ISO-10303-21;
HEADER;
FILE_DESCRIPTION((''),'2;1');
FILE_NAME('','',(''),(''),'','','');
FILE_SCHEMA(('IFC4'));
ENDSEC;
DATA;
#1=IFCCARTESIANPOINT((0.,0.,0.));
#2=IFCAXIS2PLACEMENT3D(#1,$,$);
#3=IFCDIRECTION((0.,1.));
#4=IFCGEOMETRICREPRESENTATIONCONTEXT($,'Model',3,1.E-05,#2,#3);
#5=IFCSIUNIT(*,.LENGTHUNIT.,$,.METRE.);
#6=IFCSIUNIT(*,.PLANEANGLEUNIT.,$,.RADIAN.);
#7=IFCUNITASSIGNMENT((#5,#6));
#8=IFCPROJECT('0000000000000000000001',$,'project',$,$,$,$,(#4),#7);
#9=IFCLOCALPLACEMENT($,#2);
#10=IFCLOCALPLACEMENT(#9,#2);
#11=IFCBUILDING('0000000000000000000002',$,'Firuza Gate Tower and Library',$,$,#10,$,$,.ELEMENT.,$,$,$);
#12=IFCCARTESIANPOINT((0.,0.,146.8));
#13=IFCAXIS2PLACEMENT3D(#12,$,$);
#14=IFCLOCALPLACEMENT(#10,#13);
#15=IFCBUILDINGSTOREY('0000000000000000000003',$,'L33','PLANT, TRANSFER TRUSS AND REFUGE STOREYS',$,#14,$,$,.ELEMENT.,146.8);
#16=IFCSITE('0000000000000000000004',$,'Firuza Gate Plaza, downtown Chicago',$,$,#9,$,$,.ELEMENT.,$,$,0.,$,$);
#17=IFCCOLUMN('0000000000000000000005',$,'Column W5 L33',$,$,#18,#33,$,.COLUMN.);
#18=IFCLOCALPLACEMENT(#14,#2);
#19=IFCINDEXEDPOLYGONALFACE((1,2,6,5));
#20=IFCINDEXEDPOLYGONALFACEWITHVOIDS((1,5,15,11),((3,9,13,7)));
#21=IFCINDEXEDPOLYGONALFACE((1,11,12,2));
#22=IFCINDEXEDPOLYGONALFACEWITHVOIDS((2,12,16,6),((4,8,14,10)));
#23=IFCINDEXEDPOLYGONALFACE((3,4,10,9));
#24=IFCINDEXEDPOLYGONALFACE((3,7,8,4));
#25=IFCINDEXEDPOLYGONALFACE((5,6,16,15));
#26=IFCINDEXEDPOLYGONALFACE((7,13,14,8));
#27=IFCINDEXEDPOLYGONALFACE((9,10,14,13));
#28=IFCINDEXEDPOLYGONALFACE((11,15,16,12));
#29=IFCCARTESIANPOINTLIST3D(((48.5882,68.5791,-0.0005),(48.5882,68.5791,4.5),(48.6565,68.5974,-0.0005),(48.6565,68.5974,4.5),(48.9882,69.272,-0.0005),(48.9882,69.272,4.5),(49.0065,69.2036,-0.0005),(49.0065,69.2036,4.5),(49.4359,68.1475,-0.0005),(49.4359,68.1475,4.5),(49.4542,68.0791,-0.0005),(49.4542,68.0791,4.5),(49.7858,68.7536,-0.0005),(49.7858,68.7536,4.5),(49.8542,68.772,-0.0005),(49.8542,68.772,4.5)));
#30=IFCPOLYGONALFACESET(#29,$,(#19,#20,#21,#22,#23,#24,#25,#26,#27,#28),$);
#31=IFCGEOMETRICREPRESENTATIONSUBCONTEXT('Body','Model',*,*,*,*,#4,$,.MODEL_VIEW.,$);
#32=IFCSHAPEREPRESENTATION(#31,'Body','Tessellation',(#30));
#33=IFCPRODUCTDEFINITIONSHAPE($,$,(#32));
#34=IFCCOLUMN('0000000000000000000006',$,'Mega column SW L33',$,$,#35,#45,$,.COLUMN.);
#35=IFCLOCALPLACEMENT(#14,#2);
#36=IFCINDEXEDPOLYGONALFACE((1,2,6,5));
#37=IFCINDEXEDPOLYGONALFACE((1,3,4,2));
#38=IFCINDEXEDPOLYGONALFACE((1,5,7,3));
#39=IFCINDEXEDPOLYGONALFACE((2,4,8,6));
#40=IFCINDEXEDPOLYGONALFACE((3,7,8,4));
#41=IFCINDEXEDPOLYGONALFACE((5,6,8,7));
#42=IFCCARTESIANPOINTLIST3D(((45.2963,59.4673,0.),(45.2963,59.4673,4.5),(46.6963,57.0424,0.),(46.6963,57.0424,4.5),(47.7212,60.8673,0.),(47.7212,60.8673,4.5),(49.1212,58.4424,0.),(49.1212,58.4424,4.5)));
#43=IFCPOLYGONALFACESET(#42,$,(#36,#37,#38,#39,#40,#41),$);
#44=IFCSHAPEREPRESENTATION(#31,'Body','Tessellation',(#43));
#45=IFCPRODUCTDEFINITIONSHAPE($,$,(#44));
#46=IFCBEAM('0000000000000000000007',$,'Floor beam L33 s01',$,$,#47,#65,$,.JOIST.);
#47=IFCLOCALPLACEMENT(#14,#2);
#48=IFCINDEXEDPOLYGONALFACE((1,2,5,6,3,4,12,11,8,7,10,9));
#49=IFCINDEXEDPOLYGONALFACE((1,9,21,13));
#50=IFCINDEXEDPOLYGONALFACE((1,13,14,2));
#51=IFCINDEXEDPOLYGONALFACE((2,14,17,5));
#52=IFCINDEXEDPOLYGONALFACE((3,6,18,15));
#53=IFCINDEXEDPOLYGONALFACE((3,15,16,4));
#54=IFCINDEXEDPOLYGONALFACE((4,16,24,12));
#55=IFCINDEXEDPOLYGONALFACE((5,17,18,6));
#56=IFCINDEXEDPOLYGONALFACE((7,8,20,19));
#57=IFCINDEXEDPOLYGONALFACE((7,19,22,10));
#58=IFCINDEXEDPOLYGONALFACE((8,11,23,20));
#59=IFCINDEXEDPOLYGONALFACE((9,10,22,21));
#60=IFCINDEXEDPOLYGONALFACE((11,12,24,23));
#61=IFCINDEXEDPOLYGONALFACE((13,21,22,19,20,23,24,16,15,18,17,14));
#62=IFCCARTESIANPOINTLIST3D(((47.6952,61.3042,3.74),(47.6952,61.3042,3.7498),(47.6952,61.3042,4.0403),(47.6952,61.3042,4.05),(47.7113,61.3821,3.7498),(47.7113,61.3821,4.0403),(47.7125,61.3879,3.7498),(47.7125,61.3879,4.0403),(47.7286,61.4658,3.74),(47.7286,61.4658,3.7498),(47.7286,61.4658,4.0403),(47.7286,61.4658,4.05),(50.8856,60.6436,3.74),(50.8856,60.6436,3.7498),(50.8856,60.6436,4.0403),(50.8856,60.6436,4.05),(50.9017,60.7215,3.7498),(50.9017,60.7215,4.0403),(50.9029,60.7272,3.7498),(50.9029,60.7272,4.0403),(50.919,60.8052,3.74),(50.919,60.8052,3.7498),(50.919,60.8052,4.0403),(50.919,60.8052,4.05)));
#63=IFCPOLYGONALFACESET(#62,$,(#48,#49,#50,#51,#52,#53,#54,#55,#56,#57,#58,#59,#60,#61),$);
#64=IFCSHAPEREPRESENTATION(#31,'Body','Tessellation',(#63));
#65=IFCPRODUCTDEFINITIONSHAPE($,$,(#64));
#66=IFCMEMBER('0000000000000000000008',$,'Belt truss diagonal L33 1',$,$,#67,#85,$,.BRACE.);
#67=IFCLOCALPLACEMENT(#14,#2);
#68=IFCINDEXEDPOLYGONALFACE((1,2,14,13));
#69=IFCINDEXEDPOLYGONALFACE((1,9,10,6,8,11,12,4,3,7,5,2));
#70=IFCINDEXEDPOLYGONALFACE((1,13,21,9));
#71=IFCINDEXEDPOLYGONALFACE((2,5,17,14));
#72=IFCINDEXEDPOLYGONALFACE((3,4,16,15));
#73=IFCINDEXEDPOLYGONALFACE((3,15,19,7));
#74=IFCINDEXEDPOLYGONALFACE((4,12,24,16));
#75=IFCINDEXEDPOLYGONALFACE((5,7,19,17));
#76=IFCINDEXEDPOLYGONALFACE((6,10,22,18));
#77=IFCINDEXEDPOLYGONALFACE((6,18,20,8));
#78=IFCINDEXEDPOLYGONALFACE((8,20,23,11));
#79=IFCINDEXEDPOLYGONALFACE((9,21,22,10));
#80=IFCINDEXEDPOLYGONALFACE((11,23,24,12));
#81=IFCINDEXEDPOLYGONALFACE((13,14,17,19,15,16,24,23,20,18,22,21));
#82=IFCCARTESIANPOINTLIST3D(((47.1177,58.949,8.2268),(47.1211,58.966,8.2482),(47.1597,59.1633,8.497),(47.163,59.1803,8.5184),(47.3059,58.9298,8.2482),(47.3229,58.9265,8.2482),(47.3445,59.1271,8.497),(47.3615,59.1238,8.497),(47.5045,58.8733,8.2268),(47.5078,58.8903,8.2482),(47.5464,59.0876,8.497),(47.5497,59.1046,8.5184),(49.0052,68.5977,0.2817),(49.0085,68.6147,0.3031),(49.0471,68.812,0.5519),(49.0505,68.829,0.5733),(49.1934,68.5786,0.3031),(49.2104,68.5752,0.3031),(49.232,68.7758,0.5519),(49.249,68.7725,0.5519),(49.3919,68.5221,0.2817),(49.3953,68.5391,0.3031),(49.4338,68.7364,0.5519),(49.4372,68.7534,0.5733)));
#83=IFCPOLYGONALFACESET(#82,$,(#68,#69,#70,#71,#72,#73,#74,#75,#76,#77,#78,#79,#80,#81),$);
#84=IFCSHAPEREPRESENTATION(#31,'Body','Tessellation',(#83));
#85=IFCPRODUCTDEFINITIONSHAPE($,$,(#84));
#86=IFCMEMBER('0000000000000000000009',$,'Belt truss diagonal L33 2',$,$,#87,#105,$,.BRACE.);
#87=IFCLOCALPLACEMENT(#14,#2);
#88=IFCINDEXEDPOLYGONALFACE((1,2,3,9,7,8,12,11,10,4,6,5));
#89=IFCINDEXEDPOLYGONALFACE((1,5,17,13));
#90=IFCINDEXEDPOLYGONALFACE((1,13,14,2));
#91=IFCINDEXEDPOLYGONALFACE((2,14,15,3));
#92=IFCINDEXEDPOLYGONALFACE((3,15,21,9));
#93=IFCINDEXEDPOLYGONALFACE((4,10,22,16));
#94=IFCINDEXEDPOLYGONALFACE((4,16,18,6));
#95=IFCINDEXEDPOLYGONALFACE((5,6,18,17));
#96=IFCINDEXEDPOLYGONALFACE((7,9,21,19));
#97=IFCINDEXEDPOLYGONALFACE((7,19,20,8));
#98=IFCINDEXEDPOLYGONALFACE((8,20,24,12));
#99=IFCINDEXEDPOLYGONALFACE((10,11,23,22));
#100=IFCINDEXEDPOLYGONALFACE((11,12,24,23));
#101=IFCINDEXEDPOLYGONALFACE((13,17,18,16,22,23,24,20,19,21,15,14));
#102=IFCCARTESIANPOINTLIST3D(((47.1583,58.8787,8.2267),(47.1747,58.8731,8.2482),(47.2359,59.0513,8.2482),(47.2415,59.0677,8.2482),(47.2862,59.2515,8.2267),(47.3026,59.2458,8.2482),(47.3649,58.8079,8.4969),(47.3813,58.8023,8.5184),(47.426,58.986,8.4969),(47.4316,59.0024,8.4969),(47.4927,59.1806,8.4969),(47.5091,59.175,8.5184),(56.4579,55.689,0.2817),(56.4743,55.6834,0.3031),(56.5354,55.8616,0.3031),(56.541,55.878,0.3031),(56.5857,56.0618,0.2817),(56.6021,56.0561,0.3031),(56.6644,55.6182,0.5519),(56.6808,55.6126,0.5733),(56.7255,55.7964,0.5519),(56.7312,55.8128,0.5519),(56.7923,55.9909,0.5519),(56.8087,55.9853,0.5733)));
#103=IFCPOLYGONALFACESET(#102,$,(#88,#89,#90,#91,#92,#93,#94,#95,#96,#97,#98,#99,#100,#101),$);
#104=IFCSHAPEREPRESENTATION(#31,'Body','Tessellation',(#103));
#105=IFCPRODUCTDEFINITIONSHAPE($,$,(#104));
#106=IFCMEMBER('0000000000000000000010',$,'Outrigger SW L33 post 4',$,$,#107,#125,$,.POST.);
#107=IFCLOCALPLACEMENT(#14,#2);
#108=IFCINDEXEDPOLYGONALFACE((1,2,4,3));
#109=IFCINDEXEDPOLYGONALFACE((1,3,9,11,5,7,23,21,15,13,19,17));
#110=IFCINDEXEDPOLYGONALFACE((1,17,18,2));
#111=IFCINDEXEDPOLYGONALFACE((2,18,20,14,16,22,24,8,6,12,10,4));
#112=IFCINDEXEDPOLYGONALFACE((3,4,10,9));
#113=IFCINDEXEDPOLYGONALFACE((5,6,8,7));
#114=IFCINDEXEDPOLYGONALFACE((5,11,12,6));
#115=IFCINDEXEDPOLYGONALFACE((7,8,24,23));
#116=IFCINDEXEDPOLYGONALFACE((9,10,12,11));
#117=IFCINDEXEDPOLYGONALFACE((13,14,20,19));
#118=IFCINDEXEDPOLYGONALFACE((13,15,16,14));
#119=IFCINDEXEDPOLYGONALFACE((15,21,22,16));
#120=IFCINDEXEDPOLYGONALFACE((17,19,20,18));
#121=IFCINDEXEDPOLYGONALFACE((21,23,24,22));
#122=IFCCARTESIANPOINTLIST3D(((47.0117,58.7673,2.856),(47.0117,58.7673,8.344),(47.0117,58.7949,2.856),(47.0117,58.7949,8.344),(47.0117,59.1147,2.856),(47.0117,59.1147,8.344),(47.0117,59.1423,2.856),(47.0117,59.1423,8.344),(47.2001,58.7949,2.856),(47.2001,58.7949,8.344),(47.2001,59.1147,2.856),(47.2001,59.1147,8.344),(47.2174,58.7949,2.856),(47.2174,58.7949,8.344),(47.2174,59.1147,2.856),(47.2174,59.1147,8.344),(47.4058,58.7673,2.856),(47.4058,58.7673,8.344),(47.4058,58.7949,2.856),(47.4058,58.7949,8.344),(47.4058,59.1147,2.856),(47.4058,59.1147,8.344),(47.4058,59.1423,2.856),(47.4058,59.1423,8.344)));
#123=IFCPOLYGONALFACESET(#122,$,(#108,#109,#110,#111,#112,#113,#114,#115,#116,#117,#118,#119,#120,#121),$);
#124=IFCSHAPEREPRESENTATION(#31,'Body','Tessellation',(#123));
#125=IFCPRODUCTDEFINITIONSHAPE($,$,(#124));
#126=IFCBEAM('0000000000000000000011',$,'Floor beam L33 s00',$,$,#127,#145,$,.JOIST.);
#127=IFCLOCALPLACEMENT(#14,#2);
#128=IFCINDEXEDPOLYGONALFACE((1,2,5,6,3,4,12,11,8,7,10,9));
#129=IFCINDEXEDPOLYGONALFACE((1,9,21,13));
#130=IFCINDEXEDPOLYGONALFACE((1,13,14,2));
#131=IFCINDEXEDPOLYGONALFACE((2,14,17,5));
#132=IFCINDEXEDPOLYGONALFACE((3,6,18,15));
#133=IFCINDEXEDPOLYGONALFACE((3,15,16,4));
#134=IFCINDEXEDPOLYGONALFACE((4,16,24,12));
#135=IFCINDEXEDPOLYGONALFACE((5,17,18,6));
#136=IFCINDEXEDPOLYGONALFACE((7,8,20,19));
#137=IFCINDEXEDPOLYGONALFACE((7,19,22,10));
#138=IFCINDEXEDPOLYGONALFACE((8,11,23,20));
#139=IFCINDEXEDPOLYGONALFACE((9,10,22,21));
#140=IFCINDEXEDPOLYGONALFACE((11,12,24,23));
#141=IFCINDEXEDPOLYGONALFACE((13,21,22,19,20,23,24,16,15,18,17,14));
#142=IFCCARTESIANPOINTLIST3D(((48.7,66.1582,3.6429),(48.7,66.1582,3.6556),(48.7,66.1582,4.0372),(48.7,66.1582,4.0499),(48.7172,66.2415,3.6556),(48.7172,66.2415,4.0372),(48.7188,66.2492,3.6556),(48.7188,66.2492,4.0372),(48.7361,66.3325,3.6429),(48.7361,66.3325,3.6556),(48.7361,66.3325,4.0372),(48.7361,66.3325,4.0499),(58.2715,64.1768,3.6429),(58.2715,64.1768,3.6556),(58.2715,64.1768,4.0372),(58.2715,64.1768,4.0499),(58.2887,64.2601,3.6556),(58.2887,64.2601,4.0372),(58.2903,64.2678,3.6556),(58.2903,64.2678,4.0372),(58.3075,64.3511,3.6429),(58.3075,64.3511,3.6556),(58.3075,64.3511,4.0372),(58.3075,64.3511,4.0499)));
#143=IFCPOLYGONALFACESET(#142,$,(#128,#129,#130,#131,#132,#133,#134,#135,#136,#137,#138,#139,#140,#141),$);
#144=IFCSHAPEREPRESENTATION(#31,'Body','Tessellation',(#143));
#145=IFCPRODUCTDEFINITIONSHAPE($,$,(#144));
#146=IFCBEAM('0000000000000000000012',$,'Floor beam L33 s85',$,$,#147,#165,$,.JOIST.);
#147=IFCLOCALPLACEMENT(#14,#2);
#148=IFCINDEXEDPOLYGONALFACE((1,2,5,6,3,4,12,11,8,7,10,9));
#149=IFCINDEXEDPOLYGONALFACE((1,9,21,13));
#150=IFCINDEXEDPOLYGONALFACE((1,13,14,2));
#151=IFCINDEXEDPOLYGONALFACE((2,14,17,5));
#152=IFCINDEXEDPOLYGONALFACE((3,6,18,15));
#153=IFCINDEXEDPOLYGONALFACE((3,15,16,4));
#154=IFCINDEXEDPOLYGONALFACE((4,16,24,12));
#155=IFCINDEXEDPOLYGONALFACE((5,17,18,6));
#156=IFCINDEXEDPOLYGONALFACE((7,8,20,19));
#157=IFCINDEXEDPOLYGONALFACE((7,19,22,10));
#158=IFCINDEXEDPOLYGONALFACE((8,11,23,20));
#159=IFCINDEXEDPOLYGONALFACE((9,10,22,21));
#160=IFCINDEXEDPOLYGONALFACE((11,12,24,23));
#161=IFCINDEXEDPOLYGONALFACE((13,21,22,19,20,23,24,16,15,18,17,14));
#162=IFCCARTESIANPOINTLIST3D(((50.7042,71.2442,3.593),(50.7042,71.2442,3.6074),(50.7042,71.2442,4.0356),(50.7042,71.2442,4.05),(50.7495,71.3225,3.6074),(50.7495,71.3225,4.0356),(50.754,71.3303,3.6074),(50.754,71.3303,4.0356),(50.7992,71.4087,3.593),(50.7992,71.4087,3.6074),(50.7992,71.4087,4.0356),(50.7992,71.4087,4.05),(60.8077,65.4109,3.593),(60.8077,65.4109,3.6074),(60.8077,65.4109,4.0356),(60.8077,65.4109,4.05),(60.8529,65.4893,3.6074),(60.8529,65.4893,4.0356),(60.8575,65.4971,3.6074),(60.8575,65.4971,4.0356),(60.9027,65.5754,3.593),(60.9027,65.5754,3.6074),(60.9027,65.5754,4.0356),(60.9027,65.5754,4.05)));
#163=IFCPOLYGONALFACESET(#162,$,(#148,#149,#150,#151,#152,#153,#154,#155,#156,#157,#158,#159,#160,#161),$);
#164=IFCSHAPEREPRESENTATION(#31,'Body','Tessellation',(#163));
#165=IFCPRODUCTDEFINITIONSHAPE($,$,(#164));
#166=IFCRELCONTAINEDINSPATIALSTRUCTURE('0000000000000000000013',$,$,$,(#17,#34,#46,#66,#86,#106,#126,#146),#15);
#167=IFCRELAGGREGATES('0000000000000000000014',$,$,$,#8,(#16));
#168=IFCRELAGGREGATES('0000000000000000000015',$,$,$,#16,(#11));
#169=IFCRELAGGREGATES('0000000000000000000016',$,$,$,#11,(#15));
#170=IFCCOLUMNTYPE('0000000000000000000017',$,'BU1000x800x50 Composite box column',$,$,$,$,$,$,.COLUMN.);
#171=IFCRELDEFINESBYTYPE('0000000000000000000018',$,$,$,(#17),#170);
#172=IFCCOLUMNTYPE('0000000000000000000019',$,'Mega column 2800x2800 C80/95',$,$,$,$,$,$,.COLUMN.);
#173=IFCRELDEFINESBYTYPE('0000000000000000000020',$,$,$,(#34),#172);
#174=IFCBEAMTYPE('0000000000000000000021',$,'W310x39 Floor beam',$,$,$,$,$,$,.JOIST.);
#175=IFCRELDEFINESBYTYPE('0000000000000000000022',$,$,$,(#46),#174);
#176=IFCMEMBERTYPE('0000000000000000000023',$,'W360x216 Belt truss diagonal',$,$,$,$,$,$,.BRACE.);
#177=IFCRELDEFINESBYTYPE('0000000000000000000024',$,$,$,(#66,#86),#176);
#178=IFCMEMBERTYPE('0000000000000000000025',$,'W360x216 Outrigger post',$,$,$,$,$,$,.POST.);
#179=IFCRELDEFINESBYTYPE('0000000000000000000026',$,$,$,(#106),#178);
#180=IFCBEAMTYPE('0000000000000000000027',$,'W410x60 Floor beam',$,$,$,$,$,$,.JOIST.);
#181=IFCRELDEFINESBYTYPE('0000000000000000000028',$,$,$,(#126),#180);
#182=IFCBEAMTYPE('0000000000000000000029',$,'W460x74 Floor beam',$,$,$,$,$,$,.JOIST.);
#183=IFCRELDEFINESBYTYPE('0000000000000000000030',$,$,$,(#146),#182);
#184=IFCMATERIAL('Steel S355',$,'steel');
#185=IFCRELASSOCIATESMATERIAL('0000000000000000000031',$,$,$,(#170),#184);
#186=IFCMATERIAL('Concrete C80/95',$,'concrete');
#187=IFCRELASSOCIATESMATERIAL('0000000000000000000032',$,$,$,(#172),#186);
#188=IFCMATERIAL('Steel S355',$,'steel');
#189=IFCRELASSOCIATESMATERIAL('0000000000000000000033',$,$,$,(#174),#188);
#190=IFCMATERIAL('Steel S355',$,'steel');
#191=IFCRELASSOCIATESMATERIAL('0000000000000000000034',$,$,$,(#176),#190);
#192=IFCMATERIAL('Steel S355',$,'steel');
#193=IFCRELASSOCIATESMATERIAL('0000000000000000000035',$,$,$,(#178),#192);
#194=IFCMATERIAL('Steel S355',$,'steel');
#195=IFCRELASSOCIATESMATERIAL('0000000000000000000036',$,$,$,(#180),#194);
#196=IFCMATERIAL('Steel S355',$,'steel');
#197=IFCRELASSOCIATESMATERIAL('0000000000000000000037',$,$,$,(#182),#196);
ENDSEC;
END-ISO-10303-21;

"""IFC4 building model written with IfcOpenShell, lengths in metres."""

from ifc_helpers import new_model, si_unit, direction, frame, origin, origin_2d, place, context, subcontext, project, spatial, rectangle, hollow_rectangle, i_section, extrude, material, material_profile, profile_set, type_object, element, save


model = new_model("IFC4")

# Units and contexts
model_context = context("Model", 3, precision=1e-05, world=origin(), true_north=direction((0.0, 1.0)))
body_context = subcontext(model_context, "Body", "Model", "MODEL_VIEW")
ifc_project = project(units=[si_unit("LENGTHUNIT", "METRE"), si_unit("PLANEANGLEUNIT", "RADIAN")], contexts=[model_context])

# Site, building, storey
site_placement = place(None, origin())
site = spatial("IfcSite", under=ifc_project, at=site_placement, Name="Firuza Gate Plaza, downtown Chicago", CompositionType="ELEMENT", RefElevation=0.0)
building_placement = place(site_placement, origin())
building = spatial("IfcBuilding", under=site, at=building_placement, Name="Firuza Gate Tower and Library", CompositionType="ELEMENT")
storey_placement = place(building_placement, frame((0.0, 0.0, 146.8)))
storey = spatial("IfcBuildingStorey", under=building, at=storey_placement, Name="L33", Description="PLANT, TRANSFER TRUSS AND REFUGE STOREYS", CompositionType="ELEMENT", Elevation=146.8)

# Columns
ifc_material_1 = material(Name="Steel S355", Category="steel")
ifc_material_profile_1 = material_profile(ifc_material_1, hollow_rectangle(XDim=0.8, YDim=1.0, WallThickness=0.05, at=origin_2d()))
ifc_profile_set_1 = profile_set([ifc_material_profile_1], Name="Steel S355")
column_type_1 = type_object("IfcColumnType", Name="BU1000x800x50 Composite box column", PredefinedType="COLUMN", material=ifc_profile_set_1)
column_1_placement = place(storey_placement, frame((49.2212, 68.6755, -0.0005), z_axis=(0.0, 0.0, 1.0), x_axis=(-0.5, -0.866025, 0.0)))
element("IfcColumn", 1, at=column_1_placement, inside=storey, type_object=column_type_1, Name="Column W5 L33", PredefinedType="COLUMN", context=body_context, shape_type="SweptSolid", body=[
    extrude(hollow_rectangle(XDim=0.8, YDim=1.0, WallThickness=0.05, at=origin_2d()), origin(), (0.0, 0.0, 1.0), 4.5005),
])
ifc_material_2 = material(Name="Concrete C80/95", Category="concrete")
ifc_material_profile_2 = material_profile(ifc_material_2, rectangle(XDim=2.8, YDim=2.8, at=origin_2d()))
ifc_profile_set_2 = profile_set([ifc_material_profile_2], Name="Concrete C80/95")
column_type_2 = type_object("IfcColumnType", Name="Mega column 2800x2800 C80/95", PredefinedType="COLUMN", material=ifc_profile_set_2)
column_2_placement = place(storey_placement, frame((47.2087, 58.9548, 0.0), z_axis=(0.0, 0.0, 1.0), x_axis=(0.5, -0.866025, 0.0)))
element("IfcColumn", 2, at=column_2_placement, inside=storey, type_object=column_type_2, Name="Mega column SW L33", PredefinedType="COLUMN", context=body_context, shape_type="SweptSolid", body=[
    extrude(rectangle(XDim=2.8, YDim=2.8, at=origin_2d()), origin(), (0.0, 0.0, 1.0), 4.5),
])

# Beam
ifc_material_3 = material(Name="Steel S355", Category="steel")
ifc_material_profile_3 = material_profile(ifc_material_3, i_section(OverallWidth=0.165, OverallDepth=0.3101, WebThickness=0.0059, FlangeThickness=0.0098, at=origin_2d()))
ifc_profile_set_3 = profile_set([ifc_material_profile_3], Name="Steel S355")
beam_type_1 = type_object("IfcBeamType", Name="W310x39 Floor beam", PredefinedType="JOIST", material=ifc_profile_set_3)
beam_1_placement = place(storey_placement, frame((47.7119, 61.385, 3.895), z_axis=(0.979227, -0.202769, 0.0), x_axis=(0.202769, 0.979227, 0.0)))
element("IfcBeam", 3, at=beam_1_placement, inside=storey, type_object=beam_type_1, Name="Floor beam L33 s01", PredefinedType="JOIST", context=body_context, shape_type="SweptSolid", body=[
    extrude(i_section(OverallWidth=0.165, OverallDepth=0.3101, WebThickness=0.0059, FlangeThickness=0.0098, at=origin_2d()), origin(), (0.0, 0.0, 1.0), 3.2581),
])

# Members
ifc_material_4 = material(Name="Steel S355", Category="steel")
ifc_material_profile_4 = material_profile(ifc_material_4, i_section(OverallWidth=0.394, OverallDepth=0.375, WebThickness=0.0173, FlangeThickness=0.0276, at=origin_2d()))
ifc_profile_set_4 = profile_set([ifc_material_profile_4], Name="Steel S355")
member_type_1 = type_object("IfcMemberType", Name="W360x216 Belt truss diagonal", PredefinedType="BRACE", material=ifc_profile_set_4)
member_1_placement = place(storey_placement, frame((49.2212, 68.6755, 0.4275), z_axis=(-0.149317, -0.763312, 0.628538), x_axis=(0.981399, -0.191979, 0.0)))
element("IfcMember", 4, at=member_1_placement, inside=storey, type_object=member_type_1, Name="Belt truss diagonal L33 1", PredefinedType="BRACE", context=body_context, shape_type="SweptSolid", body=[
    extrude(i_section(OverallWidth=0.394, OverallDepth=0.375, WebThickness=0.0173, FlangeThickness=0.0276, at=origin_2d()), origin(), (0.0, 0.0, 1.0), 12.6406),
])
member_2_placement = place(storey_placement, frame((47.3337, 59.0269, 8.3726), z_axis=(0.735701, -0.252341, -0.628545), x_axis=(0.324441, 0.945906, 0.0)))
element("IfcMember", 5, at=member_2_placement, inside=storey, type_object=member_type_1, Name="Belt truss diagonal L33 2", PredefinedType="BRACE", context=body_context, shape_type="SweptSolid", body=[
    extrude(i_section(OverallWidth=0.394, OverallDepth=0.375, WebThickness=0.0173, FlangeThickness=0.0276, at=origin_2d()), origin(), (0.0, 0.0, 1.0), 12.6404),
])
ifc_material_5 = material(Name="Steel S355", Category="steel")
ifc_material_profile_5 = material_profile(ifc_material_5, i_section(OverallWidth=0.394, OverallDepth=0.375, WebThickness=0.0173, FlangeThickness=0.0276, at=origin_2d()))
ifc_profile_set_5 = profile_set([ifc_material_profile_5], Name="Steel S355")
member_type_2 = type_object("IfcMemberType", Name="W360x216 Outrigger post", PredefinedType="POST", material=ifc_profile_set_5)
member_3_placement = place(storey_placement, frame((47.2087, 58.9548, 2.856), z_axis=(0.0, 0.0, 1.0), x_axis=(1.0, 0.0, 0.0)))
element("IfcMember", 6, at=member_3_placement, inside=storey, type_object=member_type_2, Name="Outrigger SW L33 post 4", PredefinedType="POST", context=body_context, shape_type="SweptSolid", body=[
    extrude(i_section(OverallWidth=0.394, OverallDepth=0.375, WebThickness=0.0173, FlangeThickness=0.0276, at=origin_2d()), origin(), (0.0, 0.0, 1.0), 5.488),
])

# Beams
ifc_material_6 = material(Name="Steel S355", Category="steel")
ifc_material_profile_6 = material_profile(ifc_material_6, i_section(OverallWidth=0.178, OverallDepth=0.407, WebThickness=0.0078, FlangeThickness=0.0127, at=origin_2d()))
ifc_profile_set_6 = profile_set([ifc_material_profile_6], Name="Steel S355")
beam_type_2 = type_object("IfcBeamType", Name="W410x60 Floor beam", PredefinedType="JOIST", material=ifc_profile_set_6)
beam_2_placement = place(storey_placement, frame((48.718, 66.2454, 3.8464), z_axis=(0.979238, -0.202716, 0.0), x_axis=(0.202716, 0.979238, 0.0)))
element("IfcBeam", 7, at=beam_2_placement, inside=storey, type_object=beam_type_2, Name="Floor beam L33 s00", PredefinedType="JOIST", context=body_context, shape_type="SweptSolid", body=[
    extrude(i_section(OverallWidth=0.178, OverallDepth=0.407, WebThickness=0.0078, FlangeThickness=0.0127, at=origin_2d()), origin(), (0.0, 0.0, 1.0), 9.7744),
])
ifc_material_7 = material(Name="Steel S355", Category="steel")
ifc_material_profile_7 = material_profile(ifc_material_7, i_section(OverallWidth=0.1899, OverallDepth=0.457, WebThickness=0.009, FlangeThickness=0.0144, at=origin_2d()))
ifc_profile_set_7 = profile_set([ifc_material_profile_7], Name="Steel S355")
beam_type_3 = type_object("IfcBeamType", Name="W460x74 Floor beam", PredefinedType="JOIST", material=ifc_profile_set_7)
beam_3_placement = place(storey_placement, frame((50.7517, 71.3264, 3.8215), z_axis=(0.866026, -0.499999, 0.0), x_axis=(0.499999, 0.866026, 0.0)))
element("IfcBeam", 8, at=beam_3_placement, inside=storey, type_object=beam_type_3, Name="Floor beam L33 s85", PredefinedType="JOIST", context=body_context, shape_type="SweptSolid", body=[
    extrude(i_section(OverallWidth=0.1899, OverallDepth=0.457, WebThickness=0.009, FlangeThickness=0.0144, at=origin_2d()), origin(), (0.0, 0.0, 1.0), 11.6665),
])

save(model, "model.ifc")
